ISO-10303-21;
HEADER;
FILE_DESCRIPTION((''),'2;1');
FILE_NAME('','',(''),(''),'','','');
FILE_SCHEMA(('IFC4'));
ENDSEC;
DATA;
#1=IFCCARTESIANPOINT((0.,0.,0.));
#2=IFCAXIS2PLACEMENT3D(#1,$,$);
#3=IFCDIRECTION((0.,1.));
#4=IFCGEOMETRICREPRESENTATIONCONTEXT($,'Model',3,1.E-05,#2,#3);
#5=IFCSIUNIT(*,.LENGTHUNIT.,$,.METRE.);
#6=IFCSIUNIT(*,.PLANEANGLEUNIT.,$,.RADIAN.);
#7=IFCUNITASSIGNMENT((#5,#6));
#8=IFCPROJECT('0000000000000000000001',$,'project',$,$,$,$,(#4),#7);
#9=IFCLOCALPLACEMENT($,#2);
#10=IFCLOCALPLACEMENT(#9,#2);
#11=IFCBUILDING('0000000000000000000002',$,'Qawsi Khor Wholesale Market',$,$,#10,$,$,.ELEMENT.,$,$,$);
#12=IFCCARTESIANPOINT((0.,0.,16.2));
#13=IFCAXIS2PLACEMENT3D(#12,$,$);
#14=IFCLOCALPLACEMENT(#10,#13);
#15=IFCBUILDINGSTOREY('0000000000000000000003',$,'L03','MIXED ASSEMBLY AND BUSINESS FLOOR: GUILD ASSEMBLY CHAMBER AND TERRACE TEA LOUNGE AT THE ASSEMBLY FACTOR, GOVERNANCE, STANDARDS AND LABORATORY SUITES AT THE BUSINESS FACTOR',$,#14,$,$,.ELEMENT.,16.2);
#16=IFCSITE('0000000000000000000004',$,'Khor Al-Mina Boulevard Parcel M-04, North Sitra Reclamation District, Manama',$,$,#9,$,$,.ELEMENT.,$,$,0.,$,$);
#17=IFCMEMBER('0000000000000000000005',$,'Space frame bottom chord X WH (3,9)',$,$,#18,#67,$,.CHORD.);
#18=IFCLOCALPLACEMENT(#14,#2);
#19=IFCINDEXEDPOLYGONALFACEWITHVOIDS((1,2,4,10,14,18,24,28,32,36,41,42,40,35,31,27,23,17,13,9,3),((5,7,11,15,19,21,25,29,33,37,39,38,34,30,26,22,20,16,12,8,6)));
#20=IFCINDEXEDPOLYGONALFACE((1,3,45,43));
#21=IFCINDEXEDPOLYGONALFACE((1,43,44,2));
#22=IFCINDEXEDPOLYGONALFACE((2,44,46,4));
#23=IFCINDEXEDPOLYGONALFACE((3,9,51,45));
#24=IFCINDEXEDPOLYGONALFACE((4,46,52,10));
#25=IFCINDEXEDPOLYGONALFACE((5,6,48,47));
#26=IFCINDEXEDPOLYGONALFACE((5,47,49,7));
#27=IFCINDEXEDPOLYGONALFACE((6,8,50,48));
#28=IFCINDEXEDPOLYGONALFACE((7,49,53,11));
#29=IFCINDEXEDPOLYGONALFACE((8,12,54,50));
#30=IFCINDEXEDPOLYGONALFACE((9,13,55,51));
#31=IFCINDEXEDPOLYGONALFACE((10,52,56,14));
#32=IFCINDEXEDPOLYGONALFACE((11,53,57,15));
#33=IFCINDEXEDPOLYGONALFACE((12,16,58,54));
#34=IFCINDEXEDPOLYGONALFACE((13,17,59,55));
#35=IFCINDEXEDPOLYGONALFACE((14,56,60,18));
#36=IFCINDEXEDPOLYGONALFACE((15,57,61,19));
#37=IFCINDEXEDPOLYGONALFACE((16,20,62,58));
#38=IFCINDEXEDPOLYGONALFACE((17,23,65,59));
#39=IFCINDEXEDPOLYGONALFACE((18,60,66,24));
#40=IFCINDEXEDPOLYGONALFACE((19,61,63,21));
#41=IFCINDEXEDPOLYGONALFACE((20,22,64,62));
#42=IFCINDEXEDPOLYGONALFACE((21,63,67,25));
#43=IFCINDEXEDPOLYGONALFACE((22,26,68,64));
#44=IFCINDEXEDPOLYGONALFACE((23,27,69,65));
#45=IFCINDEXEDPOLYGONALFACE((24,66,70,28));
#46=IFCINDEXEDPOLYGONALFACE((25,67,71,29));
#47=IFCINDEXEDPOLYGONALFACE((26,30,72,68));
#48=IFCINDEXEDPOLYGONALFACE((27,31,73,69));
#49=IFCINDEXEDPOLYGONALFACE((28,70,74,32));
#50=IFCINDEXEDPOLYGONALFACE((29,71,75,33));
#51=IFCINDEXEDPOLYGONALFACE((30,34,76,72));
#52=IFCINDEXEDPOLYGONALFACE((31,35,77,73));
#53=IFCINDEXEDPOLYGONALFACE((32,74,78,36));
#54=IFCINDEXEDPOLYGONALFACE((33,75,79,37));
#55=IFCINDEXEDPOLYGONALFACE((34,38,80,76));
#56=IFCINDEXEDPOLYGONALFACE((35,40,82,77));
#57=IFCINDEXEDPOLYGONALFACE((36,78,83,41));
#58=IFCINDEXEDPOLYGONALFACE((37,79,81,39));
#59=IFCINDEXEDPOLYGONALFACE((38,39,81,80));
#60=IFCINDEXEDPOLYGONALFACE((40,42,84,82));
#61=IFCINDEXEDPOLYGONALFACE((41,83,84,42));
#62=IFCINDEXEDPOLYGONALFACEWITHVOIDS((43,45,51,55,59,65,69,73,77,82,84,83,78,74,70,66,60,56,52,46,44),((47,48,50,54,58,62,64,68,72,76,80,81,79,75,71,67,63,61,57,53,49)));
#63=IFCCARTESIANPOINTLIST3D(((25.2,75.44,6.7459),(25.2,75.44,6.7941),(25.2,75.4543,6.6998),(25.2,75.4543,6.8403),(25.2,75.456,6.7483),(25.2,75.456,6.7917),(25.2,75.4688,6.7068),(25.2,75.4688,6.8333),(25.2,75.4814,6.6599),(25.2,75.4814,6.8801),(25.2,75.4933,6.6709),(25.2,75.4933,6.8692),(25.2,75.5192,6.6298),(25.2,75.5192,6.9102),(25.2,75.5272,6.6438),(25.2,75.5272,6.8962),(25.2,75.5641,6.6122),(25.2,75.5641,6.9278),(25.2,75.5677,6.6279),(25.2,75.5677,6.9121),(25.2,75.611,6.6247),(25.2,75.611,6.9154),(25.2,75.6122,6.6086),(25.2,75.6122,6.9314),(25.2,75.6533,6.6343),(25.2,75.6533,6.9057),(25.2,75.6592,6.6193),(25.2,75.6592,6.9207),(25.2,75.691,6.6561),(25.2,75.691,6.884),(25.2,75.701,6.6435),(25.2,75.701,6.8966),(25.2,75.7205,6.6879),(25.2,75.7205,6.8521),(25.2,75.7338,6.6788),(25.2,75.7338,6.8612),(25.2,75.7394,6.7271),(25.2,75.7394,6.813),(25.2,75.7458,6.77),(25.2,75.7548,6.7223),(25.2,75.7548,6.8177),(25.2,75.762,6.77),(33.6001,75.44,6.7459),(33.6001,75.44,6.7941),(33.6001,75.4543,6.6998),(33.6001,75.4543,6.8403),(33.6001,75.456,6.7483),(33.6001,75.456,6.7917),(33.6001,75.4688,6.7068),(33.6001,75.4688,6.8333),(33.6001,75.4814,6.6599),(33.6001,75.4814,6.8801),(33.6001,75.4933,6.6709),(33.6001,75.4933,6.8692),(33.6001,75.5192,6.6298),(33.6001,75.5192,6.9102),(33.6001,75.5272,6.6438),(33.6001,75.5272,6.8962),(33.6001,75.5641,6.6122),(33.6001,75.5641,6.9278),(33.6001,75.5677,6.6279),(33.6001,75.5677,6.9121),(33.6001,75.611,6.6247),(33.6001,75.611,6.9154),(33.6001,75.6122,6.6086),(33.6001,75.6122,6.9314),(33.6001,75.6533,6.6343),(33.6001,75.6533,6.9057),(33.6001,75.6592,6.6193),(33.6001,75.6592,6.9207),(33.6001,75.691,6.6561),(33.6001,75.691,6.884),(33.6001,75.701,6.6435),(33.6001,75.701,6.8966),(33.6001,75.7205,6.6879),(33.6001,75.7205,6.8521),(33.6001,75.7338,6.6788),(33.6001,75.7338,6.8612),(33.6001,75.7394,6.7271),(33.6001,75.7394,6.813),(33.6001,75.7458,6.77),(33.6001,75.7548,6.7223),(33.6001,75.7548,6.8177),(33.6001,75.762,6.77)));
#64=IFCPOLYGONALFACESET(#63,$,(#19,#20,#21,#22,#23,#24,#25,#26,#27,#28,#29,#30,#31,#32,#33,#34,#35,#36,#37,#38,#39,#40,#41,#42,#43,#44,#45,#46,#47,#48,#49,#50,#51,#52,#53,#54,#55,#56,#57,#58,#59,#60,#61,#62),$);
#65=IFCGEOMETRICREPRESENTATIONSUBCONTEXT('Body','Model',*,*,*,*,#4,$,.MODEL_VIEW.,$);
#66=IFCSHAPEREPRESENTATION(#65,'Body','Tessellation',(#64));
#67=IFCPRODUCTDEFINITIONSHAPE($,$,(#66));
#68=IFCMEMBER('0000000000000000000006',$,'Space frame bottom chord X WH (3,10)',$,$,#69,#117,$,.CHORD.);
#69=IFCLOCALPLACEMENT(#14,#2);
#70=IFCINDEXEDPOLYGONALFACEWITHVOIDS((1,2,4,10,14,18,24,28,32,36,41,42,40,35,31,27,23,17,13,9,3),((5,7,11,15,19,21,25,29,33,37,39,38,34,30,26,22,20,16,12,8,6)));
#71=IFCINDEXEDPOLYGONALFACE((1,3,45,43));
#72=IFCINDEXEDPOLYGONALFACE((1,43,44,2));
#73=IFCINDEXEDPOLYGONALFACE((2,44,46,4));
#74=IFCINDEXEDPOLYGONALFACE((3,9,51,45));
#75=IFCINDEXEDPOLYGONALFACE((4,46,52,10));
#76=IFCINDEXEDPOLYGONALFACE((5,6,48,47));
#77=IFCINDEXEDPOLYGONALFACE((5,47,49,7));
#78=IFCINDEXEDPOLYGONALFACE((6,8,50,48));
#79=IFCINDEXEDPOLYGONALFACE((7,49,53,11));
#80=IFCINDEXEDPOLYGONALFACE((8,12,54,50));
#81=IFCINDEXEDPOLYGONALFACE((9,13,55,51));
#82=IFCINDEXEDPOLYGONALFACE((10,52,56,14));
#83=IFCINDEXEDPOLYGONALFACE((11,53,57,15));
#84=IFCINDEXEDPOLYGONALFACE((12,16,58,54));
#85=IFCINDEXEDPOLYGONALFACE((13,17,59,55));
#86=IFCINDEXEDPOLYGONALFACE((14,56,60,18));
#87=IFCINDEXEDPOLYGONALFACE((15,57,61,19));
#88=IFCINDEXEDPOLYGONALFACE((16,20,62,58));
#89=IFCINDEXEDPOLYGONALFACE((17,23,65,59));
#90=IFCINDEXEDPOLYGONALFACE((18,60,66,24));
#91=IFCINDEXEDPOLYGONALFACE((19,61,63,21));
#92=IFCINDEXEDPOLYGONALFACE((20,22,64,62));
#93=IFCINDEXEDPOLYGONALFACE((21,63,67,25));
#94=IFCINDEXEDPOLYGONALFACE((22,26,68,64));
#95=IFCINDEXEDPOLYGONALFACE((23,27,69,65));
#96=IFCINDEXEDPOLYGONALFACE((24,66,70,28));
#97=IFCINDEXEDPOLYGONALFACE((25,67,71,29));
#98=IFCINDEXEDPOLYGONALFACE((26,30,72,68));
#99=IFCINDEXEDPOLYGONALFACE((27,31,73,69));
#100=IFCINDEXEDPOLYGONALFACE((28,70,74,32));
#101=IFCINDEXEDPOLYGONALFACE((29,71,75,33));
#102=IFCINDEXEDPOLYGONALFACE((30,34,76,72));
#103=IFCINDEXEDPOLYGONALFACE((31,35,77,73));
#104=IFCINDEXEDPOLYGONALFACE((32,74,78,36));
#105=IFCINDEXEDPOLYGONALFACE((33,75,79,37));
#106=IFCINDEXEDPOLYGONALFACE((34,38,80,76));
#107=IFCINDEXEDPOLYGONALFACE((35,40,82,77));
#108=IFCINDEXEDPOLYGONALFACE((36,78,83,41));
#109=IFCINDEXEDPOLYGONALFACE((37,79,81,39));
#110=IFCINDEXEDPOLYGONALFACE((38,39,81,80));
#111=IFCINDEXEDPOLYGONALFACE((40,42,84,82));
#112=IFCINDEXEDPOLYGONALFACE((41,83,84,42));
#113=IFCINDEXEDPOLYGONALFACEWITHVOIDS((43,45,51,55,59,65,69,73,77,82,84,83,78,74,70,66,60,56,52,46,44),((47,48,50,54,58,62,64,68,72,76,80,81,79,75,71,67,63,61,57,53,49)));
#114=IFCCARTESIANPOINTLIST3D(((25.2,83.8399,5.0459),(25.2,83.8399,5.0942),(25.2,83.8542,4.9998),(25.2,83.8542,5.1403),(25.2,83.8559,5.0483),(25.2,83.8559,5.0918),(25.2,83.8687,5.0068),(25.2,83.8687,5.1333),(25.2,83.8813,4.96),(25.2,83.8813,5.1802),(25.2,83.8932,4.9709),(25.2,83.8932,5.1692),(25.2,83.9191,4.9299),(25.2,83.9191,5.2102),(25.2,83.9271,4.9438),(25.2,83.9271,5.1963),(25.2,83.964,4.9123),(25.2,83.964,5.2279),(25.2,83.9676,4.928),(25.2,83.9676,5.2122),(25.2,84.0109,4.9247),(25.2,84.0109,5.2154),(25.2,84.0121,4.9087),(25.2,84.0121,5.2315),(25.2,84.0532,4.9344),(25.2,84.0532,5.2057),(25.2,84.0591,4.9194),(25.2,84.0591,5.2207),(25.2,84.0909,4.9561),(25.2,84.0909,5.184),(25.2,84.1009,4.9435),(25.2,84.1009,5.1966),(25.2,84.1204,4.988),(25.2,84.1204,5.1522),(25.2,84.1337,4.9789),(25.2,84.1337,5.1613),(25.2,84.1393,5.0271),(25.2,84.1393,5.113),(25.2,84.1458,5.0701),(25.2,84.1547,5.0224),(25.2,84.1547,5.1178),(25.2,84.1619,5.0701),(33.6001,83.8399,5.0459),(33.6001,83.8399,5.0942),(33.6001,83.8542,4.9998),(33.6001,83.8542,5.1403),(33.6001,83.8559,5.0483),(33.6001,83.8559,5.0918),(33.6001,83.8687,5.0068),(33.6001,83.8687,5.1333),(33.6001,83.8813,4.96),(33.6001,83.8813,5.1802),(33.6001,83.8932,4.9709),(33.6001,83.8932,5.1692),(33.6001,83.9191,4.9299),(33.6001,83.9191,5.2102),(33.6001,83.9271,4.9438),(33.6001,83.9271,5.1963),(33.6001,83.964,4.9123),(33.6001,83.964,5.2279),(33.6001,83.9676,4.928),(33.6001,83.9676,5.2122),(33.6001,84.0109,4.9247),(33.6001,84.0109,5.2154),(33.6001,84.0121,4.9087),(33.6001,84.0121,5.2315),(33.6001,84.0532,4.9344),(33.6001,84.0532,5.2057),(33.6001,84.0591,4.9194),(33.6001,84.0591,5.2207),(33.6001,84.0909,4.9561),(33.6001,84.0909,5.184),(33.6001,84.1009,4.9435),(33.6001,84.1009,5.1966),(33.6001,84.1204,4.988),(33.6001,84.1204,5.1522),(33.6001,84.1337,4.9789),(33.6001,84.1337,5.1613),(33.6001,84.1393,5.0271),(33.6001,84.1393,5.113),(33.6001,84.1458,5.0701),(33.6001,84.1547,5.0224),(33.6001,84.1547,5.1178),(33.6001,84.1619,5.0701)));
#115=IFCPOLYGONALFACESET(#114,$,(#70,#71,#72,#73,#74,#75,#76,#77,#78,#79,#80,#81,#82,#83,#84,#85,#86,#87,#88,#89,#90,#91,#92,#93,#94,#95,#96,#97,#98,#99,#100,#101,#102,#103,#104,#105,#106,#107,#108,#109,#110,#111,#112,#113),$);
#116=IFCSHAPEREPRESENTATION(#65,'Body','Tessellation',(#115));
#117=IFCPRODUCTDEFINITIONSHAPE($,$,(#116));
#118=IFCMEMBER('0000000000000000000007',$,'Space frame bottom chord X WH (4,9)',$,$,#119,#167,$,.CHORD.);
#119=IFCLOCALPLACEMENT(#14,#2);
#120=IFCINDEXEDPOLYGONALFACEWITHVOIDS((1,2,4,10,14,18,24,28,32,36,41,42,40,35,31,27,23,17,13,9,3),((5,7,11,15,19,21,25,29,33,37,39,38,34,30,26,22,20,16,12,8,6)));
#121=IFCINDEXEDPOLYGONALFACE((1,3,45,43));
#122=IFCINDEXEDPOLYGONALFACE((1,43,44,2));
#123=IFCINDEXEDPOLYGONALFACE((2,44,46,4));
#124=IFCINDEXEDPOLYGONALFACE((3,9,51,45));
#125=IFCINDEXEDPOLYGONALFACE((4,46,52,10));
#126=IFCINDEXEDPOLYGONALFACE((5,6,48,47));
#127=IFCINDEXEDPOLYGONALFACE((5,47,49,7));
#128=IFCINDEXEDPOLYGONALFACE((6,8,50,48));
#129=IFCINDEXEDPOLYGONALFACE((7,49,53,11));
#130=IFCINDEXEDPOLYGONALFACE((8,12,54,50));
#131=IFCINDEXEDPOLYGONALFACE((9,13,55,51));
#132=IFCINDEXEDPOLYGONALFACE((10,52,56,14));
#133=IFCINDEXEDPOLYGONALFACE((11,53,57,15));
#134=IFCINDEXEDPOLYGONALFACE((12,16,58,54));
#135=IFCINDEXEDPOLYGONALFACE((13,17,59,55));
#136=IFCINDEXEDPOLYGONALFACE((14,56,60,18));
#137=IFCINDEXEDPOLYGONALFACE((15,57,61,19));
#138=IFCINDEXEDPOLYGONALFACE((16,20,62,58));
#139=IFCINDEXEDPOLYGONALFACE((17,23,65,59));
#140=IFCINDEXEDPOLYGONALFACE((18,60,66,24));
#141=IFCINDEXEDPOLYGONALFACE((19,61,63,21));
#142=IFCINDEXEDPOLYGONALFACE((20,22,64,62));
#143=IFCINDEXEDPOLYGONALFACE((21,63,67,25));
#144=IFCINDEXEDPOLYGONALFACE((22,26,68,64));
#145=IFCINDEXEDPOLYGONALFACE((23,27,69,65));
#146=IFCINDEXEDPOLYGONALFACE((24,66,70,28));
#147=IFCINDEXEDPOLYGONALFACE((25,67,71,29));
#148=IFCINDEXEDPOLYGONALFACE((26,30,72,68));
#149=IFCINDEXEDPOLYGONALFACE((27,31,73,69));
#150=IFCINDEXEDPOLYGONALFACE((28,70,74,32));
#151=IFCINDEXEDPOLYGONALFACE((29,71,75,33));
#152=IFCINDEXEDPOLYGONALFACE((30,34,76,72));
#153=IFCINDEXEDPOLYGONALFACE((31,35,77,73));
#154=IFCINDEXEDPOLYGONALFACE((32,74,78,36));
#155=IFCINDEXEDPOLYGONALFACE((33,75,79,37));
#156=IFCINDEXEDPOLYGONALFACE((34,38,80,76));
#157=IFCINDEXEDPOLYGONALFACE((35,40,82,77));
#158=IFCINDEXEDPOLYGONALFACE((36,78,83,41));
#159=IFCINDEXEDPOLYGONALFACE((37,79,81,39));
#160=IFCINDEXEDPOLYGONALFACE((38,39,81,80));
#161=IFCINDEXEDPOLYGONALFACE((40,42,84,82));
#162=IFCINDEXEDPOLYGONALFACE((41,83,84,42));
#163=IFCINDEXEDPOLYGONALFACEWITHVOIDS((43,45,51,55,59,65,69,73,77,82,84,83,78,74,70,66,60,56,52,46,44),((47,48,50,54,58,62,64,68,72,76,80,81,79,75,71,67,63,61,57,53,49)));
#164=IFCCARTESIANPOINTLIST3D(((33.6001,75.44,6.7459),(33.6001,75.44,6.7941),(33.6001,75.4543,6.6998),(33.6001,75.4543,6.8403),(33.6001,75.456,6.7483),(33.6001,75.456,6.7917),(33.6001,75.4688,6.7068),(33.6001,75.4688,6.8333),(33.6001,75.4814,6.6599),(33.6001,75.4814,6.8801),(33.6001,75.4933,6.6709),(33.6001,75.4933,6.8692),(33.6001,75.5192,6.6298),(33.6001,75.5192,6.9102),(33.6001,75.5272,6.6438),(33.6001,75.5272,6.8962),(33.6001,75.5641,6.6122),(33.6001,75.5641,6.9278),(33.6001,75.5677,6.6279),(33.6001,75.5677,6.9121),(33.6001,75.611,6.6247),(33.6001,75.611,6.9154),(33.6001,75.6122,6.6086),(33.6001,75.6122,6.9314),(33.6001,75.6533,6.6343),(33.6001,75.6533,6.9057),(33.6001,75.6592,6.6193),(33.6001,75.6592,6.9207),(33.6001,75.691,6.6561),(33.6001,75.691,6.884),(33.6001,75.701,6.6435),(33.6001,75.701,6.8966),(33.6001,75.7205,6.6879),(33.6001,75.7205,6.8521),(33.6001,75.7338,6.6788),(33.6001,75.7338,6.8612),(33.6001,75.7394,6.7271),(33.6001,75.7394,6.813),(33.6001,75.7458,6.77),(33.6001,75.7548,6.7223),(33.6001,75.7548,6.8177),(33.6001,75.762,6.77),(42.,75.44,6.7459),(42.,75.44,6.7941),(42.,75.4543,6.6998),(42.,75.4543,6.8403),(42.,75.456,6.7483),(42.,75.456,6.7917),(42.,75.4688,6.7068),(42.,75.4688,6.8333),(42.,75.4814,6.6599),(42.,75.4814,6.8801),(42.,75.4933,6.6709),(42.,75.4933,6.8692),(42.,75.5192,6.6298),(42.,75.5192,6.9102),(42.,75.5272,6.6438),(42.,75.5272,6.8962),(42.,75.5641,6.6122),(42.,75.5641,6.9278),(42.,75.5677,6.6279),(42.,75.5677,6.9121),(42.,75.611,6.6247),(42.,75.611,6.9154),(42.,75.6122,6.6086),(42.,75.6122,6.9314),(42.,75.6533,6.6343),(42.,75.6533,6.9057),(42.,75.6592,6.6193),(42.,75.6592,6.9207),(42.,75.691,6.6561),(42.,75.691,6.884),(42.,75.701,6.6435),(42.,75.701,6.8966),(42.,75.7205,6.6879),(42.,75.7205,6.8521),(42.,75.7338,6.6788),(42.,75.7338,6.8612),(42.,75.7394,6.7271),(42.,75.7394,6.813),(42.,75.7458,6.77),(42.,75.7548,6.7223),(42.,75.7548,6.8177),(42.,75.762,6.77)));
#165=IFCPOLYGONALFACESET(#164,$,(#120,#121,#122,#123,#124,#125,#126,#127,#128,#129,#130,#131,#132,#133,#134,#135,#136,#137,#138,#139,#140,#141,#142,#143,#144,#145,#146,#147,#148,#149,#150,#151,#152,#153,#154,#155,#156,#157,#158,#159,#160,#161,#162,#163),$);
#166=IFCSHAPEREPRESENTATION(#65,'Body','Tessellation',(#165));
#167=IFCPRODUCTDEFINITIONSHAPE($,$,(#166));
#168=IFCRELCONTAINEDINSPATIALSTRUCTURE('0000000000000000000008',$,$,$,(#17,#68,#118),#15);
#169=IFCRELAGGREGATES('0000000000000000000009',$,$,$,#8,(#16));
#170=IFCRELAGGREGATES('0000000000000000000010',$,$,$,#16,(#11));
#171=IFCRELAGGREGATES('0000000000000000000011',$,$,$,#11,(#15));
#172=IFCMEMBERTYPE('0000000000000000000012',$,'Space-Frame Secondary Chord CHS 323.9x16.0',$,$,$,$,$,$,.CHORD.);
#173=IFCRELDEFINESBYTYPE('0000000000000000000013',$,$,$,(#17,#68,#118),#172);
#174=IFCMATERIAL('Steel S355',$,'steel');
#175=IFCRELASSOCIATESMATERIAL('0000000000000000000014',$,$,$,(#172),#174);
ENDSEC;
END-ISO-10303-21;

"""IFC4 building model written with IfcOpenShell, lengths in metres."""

from ifc_helpers import new_model, si_unit, direction, frame, origin, origin_2d, place, context, subcontext, project, spatial, hollow_circle, extrude, material, material_profile, profile_set, type_object, element, save


model = new_model("IFC4")

# Units and contexts
model_context = context("Model", 3, precision=1e-05, world=origin(), true_north=direction((0.0, 1.0)))
body_context = subcontext(model_context, "Body", "Model", "MODEL_VIEW")
ifc_project = project(units=[si_unit("LENGTHUNIT", "METRE"), si_unit("PLANEANGLEUNIT", "RADIAN")], contexts=[model_context])

# Site, building, storey
site_placement = place(None, origin())
site = spatial("IfcSite", under=ifc_project, at=site_placement, Name="Khor Al-Mina Boulevard Parcel M-04, North Sitra Reclamation District, Manama", CompositionType="ELEMENT", RefElevation=0.0)
building_placement = place(site_placement, origin())
building = spatial("IfcBuilding", under=site, at=building_placement, Name="Qawsi Khor Wholesale Market", CompositionType="ELEMENT")
storey_placement = place(building_placement, frame((0.0, 0.0, 16.2)))
storey = spatial("IfcBuildingStorey", under=building, at=storey_placement, Name="L03", Description="MIXED ASSEMBLY AND BUSINESS FLOOR: GUILD ASSEMBLY CHAMBER AND TERRACE TEA LOUNGE AT THE ASSEMBLY FACTOR, GOVERNANCE, STANDARDS AND LABORATORY SUITES AT THE BUSINESS FACTOR", CompositionType="ELEMENT", Elevation=16.2)

# Members
ifc_material_1 = material(Name="Steel S355", Category="steel")
ifc_material_profile_1 = material_profile(ifc_material_1, hollow_circle(Radius=0.1619, WallThickness=0.0161, at=origin_2d()), Name="CHS 323.9x16.0")
ifc_profile_set_1 = profile_set([ifc_material_profile_1], Name="Steel S355")
member_type_1 = type_object("IfcMemberType", Name="Space-Frame Secondary Chord CHS 323.9x16.0", PredefinedType="CHORD", material=ifc_profile_set_1)
for number, where, z_axis, x_axis, name in (
    (1, (25.2, 75.6001, 6.77), (1.0, 0.0, 0.0), (0.0, 1.0, 0.0), "Space frame bottom chord X WH (3,9)"),
    (2, (25.2, 84.0, 5.0701), (1.0, 0.0, 0.0), (0.0, 1.0, 0.0), "Space frame bottom chord X WH (3,10)"),
):
    element("IfcMember", number, at=place(storey_placement, frame(where, z_axis=z_axis, x_axis=x_axis)), inside=storey, type_object=member_type_1, Name=name, PredefinedType="CHORD", context=body_context, shape_type="SweptSolid", body=[
        extrude(hollow_circle(Radius=0.1619, WallThickness=0.0161, at=origin_2d()), origin(), (0.0, 0.0, 1.0), 8.4001),
    ])
member_1_placement = place(storey_placement, frame((33.6001, 75.6001, 6.77), z_axis=(1.0, 0.0, 0.0), x_axis=(0.0, 1.0, 0.0)))
element("IfcMember", 3, at=member_1_placement, inside=storey, type_object=member_type_1, Name="Space frame bottom chord X WH (4,9)", PredefinedType="CHORD", context=body_context, shape_type="SweptSolid", body=[
    extrude(hollow_circle(Radius=0.1619, WallThickness=0.0161, at=origin_2d()), origin(), (0.0, 0.0, 1.0), 8.3999),
])

save(model, "model.ifc")
